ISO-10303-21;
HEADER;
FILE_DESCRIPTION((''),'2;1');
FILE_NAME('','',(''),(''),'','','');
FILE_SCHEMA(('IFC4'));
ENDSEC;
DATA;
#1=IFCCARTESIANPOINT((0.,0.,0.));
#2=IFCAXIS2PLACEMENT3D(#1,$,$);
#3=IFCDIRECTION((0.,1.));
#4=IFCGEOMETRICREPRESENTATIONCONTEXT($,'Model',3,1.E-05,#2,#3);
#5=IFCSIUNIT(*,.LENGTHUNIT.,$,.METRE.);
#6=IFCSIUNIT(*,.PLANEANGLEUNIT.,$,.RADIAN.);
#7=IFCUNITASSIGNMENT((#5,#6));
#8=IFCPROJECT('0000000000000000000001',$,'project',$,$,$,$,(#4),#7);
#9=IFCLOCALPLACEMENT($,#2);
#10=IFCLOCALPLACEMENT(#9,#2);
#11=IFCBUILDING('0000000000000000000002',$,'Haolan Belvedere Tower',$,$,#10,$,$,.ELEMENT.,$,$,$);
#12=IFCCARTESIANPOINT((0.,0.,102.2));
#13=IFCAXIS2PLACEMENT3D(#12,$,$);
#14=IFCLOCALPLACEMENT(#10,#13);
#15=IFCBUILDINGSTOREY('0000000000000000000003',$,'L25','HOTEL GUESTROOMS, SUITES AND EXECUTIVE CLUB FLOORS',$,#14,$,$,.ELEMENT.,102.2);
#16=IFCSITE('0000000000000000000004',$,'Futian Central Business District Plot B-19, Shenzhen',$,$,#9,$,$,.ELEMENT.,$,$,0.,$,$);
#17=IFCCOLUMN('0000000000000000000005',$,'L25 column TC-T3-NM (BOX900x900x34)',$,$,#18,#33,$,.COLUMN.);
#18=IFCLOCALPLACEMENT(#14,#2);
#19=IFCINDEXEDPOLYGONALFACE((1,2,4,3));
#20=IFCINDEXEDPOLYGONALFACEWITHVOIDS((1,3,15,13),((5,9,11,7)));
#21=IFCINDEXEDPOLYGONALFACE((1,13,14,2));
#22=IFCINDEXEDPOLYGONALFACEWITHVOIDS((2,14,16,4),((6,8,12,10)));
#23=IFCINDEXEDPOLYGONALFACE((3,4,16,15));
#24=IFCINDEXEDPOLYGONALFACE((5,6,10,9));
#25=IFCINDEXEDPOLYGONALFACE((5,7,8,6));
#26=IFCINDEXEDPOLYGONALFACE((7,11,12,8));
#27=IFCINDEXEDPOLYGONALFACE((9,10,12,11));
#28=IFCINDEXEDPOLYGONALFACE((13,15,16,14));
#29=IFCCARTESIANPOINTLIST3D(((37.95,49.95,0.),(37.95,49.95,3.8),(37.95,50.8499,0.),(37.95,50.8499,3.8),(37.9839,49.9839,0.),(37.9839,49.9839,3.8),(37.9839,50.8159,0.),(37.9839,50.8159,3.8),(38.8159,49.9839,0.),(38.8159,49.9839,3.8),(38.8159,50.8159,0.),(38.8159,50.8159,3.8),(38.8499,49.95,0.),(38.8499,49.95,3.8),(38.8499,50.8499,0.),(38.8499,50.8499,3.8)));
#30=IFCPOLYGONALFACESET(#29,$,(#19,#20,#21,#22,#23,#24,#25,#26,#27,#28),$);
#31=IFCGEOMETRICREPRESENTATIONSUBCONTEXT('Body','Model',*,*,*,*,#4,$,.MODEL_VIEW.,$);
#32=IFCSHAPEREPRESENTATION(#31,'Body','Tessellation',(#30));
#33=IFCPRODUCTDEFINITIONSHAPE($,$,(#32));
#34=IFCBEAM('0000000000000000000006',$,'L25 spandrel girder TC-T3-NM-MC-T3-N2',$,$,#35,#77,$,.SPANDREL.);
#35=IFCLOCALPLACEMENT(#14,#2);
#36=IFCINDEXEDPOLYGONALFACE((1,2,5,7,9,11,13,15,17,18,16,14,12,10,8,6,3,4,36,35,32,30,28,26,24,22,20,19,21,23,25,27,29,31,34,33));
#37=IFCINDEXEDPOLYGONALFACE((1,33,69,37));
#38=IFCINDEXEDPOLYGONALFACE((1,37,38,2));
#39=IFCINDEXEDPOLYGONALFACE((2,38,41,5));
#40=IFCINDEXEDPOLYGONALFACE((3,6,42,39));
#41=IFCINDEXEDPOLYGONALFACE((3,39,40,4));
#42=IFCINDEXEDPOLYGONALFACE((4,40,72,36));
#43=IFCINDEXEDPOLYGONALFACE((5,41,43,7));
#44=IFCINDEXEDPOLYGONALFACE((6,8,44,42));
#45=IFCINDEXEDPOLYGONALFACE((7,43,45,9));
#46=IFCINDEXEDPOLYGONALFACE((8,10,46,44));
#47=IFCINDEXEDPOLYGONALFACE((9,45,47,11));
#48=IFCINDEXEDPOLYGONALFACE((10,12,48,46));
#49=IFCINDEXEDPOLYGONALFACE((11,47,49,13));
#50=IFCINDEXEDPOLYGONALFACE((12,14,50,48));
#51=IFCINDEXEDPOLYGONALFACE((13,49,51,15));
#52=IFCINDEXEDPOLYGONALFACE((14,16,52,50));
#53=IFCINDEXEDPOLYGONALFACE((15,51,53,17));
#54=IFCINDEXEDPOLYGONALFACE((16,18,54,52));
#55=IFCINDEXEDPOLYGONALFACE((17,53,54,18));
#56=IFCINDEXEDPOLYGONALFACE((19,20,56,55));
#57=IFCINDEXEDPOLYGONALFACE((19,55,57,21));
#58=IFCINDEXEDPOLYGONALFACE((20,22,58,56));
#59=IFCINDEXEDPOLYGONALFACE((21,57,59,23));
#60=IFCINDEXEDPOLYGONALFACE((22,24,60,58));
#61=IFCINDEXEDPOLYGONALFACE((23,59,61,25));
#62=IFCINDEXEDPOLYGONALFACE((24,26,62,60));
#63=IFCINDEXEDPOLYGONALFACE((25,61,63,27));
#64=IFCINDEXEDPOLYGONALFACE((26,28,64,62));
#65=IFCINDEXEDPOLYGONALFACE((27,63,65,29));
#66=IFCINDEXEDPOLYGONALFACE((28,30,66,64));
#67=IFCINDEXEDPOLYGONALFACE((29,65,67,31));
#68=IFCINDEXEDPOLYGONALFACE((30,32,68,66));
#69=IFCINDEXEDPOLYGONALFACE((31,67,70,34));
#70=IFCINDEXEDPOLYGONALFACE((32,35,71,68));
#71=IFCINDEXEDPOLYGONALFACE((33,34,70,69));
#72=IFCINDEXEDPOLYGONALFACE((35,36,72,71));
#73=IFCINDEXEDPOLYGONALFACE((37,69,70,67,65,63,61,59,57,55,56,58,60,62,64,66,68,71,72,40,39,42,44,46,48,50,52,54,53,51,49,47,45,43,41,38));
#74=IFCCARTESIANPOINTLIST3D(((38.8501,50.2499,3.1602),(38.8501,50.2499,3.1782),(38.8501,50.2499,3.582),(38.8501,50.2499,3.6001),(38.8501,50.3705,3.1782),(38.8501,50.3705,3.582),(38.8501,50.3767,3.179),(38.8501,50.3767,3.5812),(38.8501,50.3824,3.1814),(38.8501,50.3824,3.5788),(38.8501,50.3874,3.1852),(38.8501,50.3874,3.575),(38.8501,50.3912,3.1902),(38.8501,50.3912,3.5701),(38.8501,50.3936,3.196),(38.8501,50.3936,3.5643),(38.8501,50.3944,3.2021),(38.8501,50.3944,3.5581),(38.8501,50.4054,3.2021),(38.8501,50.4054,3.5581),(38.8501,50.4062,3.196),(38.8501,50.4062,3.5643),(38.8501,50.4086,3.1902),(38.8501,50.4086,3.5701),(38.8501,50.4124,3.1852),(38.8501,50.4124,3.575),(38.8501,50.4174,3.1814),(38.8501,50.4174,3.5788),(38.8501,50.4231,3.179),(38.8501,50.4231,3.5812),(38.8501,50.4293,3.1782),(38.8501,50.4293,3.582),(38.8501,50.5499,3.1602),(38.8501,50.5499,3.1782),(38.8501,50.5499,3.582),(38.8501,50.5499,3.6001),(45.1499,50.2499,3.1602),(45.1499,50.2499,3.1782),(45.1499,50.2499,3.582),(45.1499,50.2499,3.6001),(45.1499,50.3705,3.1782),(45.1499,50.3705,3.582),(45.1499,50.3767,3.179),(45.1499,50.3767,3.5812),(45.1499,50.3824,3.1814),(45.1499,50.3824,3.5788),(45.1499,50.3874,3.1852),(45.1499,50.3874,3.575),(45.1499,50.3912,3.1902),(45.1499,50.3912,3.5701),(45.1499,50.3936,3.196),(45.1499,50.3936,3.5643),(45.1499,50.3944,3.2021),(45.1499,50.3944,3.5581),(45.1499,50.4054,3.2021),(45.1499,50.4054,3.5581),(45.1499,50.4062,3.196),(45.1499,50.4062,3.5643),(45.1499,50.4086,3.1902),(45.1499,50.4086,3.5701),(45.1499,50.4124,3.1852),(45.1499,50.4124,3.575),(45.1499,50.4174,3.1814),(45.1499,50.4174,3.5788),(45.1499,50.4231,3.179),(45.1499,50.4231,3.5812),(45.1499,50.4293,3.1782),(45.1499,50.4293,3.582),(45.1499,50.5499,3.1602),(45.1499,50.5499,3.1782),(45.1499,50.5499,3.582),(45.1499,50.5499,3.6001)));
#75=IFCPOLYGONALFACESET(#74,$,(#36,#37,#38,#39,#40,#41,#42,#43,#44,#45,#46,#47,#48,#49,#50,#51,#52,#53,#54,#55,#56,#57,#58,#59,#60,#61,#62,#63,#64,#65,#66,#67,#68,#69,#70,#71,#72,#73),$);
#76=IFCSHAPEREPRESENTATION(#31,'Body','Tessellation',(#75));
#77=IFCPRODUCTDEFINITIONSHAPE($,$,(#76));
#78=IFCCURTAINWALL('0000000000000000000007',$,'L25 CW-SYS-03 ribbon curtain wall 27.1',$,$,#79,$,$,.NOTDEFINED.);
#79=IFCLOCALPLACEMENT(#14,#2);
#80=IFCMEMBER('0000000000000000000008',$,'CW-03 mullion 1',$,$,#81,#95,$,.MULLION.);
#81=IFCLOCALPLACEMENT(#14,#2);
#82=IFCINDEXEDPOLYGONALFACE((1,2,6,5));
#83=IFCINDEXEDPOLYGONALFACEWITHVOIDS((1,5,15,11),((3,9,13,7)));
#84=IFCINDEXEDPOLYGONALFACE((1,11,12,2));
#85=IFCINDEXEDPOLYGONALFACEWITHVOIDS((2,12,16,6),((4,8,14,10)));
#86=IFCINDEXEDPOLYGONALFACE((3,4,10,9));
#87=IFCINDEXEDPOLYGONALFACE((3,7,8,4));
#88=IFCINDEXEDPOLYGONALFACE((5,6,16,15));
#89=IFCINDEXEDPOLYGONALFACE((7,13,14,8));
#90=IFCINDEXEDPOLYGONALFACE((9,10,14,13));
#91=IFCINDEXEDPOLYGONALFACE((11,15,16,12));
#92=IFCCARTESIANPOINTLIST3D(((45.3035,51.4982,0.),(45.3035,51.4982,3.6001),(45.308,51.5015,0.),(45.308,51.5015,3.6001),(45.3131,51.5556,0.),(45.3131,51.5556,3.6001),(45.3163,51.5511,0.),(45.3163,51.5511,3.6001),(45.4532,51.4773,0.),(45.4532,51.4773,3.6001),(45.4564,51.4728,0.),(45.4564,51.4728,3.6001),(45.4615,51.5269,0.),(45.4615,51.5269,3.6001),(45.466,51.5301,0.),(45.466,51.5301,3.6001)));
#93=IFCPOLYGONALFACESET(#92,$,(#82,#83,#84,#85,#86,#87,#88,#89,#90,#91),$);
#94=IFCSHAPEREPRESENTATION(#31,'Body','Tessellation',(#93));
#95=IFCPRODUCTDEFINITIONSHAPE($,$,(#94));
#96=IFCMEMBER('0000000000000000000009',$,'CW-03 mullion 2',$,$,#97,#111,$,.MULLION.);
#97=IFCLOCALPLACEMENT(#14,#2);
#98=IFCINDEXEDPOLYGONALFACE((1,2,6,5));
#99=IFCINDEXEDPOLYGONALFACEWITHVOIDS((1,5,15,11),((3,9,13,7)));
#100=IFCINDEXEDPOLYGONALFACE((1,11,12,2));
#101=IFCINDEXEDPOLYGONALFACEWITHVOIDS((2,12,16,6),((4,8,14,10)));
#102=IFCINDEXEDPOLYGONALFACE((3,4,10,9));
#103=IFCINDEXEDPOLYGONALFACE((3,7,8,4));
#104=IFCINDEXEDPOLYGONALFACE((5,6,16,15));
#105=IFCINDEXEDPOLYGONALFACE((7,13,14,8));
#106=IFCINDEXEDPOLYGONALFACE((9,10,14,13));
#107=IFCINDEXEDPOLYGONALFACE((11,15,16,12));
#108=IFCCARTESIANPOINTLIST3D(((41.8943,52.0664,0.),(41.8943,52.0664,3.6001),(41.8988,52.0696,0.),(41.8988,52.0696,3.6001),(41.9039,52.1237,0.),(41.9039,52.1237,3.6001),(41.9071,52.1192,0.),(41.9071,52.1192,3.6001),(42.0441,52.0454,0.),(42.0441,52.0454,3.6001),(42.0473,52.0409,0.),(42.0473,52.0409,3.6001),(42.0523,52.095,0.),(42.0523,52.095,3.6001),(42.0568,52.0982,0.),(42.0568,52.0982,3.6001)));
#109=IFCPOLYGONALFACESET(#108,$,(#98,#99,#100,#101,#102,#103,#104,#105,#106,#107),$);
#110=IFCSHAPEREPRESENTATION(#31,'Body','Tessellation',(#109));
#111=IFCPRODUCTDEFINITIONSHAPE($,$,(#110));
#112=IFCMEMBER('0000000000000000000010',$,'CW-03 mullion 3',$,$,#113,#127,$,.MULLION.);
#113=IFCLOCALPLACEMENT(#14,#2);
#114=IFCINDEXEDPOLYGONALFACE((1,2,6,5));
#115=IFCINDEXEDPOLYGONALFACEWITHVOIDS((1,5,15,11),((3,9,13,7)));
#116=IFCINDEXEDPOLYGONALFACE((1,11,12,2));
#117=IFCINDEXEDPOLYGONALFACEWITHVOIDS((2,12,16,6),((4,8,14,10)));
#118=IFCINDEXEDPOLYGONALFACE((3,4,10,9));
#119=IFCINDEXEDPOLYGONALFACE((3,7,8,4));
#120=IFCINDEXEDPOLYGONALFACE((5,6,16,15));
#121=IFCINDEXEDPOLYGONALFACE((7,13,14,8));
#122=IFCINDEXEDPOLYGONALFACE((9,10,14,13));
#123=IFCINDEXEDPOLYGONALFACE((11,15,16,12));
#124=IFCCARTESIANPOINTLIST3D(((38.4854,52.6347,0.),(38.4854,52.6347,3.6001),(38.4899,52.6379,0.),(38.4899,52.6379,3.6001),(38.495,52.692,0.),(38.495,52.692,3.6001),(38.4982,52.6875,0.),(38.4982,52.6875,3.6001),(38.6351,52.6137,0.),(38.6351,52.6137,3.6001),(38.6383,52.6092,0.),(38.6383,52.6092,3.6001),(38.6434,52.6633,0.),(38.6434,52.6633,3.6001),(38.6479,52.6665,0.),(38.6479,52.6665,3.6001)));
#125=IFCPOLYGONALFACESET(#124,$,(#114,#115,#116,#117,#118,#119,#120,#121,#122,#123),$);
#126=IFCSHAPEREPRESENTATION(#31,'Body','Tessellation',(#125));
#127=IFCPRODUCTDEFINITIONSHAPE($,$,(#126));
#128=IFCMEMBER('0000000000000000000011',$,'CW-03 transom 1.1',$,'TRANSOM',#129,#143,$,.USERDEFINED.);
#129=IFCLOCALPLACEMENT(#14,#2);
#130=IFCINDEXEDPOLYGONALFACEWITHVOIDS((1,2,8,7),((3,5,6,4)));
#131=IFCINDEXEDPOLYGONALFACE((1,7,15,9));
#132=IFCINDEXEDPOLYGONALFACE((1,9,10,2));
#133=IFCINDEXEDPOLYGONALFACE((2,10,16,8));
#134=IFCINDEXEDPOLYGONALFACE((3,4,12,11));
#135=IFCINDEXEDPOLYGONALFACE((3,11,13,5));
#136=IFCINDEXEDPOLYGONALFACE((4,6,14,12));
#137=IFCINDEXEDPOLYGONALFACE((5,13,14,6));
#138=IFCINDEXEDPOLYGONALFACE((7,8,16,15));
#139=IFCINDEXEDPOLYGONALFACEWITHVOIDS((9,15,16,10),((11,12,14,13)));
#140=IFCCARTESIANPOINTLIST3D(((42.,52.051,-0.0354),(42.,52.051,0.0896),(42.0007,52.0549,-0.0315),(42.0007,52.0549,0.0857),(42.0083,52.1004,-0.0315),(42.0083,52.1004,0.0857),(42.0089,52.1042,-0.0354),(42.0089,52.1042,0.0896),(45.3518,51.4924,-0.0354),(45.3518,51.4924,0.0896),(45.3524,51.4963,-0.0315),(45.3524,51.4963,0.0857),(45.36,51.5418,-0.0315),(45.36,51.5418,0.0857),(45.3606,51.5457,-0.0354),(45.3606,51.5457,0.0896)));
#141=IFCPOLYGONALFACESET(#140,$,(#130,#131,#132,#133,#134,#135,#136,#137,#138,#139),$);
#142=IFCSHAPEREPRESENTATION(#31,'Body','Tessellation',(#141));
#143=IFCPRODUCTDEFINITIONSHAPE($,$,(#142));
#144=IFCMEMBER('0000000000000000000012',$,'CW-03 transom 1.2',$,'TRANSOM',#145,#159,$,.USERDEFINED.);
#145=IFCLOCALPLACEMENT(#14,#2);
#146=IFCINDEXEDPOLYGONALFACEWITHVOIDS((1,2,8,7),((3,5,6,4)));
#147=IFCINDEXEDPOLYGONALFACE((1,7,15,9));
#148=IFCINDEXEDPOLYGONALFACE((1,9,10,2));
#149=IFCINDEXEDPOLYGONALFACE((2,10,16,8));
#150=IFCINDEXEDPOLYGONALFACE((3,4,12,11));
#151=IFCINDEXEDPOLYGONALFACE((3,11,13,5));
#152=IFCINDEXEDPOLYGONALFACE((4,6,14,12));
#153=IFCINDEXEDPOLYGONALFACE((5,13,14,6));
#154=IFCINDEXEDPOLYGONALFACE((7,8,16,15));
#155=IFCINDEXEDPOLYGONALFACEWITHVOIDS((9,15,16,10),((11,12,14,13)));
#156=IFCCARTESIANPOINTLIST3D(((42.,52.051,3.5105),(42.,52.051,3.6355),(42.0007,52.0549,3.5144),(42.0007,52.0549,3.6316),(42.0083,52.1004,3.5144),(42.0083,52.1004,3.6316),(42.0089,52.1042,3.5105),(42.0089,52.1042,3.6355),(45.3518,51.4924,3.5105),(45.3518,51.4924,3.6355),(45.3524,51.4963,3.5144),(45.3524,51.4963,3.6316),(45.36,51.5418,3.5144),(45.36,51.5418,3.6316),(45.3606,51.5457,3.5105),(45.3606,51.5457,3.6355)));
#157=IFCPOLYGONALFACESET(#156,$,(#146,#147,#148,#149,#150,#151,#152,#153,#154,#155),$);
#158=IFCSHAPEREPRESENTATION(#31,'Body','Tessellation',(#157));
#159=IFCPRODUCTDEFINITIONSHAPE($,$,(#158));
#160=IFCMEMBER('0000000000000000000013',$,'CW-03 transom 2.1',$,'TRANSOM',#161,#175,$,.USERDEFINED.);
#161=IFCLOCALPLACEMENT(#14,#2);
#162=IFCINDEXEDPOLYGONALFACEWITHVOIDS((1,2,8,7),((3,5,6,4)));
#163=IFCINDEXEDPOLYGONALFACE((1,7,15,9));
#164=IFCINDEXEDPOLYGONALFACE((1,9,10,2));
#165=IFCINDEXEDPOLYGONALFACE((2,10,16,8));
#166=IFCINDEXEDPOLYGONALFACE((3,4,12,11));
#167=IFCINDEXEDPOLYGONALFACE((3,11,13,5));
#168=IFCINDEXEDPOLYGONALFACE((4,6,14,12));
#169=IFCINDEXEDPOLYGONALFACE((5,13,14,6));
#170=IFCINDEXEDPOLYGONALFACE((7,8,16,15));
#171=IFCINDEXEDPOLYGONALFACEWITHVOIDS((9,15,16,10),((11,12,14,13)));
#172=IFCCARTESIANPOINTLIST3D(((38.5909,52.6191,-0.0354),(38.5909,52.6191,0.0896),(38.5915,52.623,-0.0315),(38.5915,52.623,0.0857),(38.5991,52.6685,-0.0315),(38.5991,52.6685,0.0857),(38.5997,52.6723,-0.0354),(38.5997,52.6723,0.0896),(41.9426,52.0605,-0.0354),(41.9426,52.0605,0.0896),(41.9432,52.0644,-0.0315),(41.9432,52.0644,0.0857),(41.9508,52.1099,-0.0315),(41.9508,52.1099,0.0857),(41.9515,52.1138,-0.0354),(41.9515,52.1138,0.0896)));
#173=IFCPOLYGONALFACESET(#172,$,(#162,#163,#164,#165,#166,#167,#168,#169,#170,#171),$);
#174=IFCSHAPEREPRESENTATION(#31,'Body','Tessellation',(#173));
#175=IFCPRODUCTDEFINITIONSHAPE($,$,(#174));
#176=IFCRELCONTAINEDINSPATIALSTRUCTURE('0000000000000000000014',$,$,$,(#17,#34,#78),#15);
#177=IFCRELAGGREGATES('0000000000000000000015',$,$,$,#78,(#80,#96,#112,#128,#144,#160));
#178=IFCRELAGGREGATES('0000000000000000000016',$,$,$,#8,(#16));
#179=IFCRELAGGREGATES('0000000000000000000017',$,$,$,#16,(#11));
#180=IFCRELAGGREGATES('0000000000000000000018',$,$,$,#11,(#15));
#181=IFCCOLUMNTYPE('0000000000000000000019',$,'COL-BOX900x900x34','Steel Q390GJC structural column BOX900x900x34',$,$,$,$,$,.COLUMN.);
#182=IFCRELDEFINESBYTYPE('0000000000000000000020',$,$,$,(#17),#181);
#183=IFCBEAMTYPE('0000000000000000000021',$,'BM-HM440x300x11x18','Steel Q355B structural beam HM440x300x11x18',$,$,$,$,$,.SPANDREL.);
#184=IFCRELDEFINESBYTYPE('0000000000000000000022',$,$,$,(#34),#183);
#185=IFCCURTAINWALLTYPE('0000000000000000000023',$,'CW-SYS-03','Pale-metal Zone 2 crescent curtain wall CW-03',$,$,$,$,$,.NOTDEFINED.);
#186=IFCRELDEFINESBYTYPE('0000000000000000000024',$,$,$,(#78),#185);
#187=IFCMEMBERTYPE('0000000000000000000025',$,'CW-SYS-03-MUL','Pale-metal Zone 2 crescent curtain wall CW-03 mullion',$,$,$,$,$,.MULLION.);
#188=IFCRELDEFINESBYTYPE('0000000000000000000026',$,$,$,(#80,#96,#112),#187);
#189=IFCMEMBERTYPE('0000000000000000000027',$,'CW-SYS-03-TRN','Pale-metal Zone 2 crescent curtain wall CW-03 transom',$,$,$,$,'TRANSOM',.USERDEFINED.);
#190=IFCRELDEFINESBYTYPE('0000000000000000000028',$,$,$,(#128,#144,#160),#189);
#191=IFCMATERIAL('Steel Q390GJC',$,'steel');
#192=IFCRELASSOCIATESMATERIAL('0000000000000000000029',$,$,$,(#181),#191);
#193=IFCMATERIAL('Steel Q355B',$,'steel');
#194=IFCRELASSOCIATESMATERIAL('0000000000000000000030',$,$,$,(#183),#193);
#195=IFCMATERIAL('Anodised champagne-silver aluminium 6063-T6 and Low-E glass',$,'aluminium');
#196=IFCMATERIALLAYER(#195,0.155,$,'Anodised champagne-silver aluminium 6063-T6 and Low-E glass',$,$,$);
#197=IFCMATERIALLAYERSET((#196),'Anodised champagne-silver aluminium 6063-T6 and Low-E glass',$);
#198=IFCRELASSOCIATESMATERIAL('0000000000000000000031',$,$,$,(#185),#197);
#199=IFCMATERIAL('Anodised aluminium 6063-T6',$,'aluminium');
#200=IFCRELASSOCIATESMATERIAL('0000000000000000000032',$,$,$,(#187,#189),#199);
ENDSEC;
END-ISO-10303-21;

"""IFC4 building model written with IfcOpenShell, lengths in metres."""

from ifc_helpers import new_model, si_unit, direction, frame, origin, origin_2d, place, context, subcontext, project, spatial, hollow_rectangle, i_section, extrude, material, layer, layer_set, material_profile, profile_set, type_object, element, aggregate, save


model = new_model("IFC4")

# Units and contexts
model_context = context("Model", 3, precision=1e-05, world=origin(), true_north=direction((0.0, 1.0)))
body_context = subcontext(model_context, "Body", "Model", "MODEL_VIEW")
ifc_project = project(units=[si_unit("LENGTHUNIT", "METRE"), si_unit("PLANEANGLEUNIT", "RADIAN")], contexts=[model_context])

# Site, building, storey
site_placement = place(None, origin())
site = spatial("IfcSite", under=ifc_project, at=site_placement, Name="Futian Central Business District Plot B-19, Shenzhen", CompositionType="ELEMENT", RefElevation=0.0)
building_placement = place(site_placement, origin())
building = spatial("IfcBuilding", under=site, at=building_placement, Name="Haolan Belvedere Tower", CompositionType="ELEMENT")
storey_placement = place(building_placement, frame((0.0, 0.0, 102.2)))
storey = spatial("IfcBuildingStorey", under=building, at=storey_placement, Name="L25", Description="HOTEL GUESTROOMS, SUITES AND EXECUTIVE CLUB FLOORS", CompositionType="ELEMENT", Elevation=102.2)

# Column
ifc_material_1 = material(Name="Steel Q390GJC", Category="steel")
ifc_material_profile_1 = material_profile(ifc_material_1, hollow_rectangle(XDim=0.8999, YDim=0.8999, WallThickness=0.0339, at=origin_2d()), Name="Steel Q390GJC")
ifc_profile_set_1 = profile_set([ifc_material_profile_1], Name="Steel Q390GJC")
column_type = type_object("IfcColumnType", Name="COL-BOX900x900x34", Description="Steel Q390GJC structural column BOX900x900x34", PredefinedType="COLUMN", material=ifc_profile_set_1)
column_placement = place(storey_placement, frame((38.3999, 50.3999, 0.0), z_axis=(0.0, 0.0, 1.0), x_axis=(1.0, 0.0, 0.0)))
element("IfcColumn", 1, at=column_placement, inside=storey, type_object=column_type, Name="L25 column TC-T3-NM (BOX900x900x34)", PredefinedType="COLUMN", context=body_context, shape_type="SweptSolid", body=[
    extrude(hollow_rectangle(XDim=0.8999, YDim=0.8999, WallThickness=0.0339, at=origin_2d()), origin(), (0.0, 0.0, 1.0), 3.8),
])

# Beam
ifc_material_2 = material(Name="Steel Q355B", Category="steel")
ifc_material_profile_2 = material_profile(ifc_material_2, i_section(OverallWidth=0.3, OverallDepth=0.4399, WebThickness=0.011, FlangeThickness=0.0181, FilletRadius=0.0239, at=origin_2d()), Name="Steel Q355B")
ifc_profile_set_2 = profile_set([ifc_material_profile_2], Name="Steel Q355B")
beam_type = type_object("IfcBeamType", Name="BM-HM440x300x11x18", Description="Steel Q355B structural beam HM440x300x11x18", PredefinedType="SPANDREL", material=ifc_profile_set_2)
beam_placement = place(storey_placement, frame((38.8501, 50.3999, 3.3801), z_axis=(1.0, 0.0, 0.0), x_axis=(0.0, 1.0, 0.0)))
element("IfcBeam", 2, at=beam_placement, inside=storey, type_object=beam_type, Name="L25 spandrel girder TC-T3-NM-MC-T3-N2", PredefinedType="SPANDREL", context=body_context, shape_type="SweptSolid", body=[
    extrude(i_section(OverallWidth=0.3, OverallDepth=0.4399, WebThickness=0.011, FlangeThickness=0.0181, FilletRadius=0.0239, at=origin_2d()), origin(), (0.0, 0.0, 1.0), 6.2998),
])

# Curtain wall, members
ifc_material_3 = material(Name="Anodised champagne-silver aluminium 6063-T6 and Low-E glass", Category="aluminium")
ifc_layer_1 = layer(ifc_material_3, 0.155, Name="Anodised champagne-silver aluminium 6063-T6 and Low-E glass")
ifc_layer_set_1 = layer_set([ifc_layer_1], Name="Anodised champagne-silver aluminium 6063-T6 and Low-E glass")
curtain_wall_type = type_object("IfcCurtainWallType", Name="CW-SYS-03", Description="Pale-metal Zone 2 crescent curtain wall CW-03", PredefinedType="NOTDEFINED", material=ifc_layer_set_1)
curtain_wall_placement = place(storey_placement, origin())
curtain_wall = element("IfcCurtainWall", 3, at=curtain_wall_placement, inside=storey, type_object=curtain_wall_type, Name="L25 CW-SYS-03 ribbon curtain wall 27.1", PredefinedType="NOTDEFINED")
ifc_material_4 = material(Name="Anodised aluminium 6063-T6", Category="aluminium")
ifc_material_profile_3 = material_profile(ifc_material_4, hollow_rectangle(XDim=0.0581, YDim=0.155, WallThickness=0.0039, at=origin_2d()), Name="Anodised aluminium 6063-T6")
ifc_profile_set_3 = profile_set([ifc_material_profile_3], Name="Anodised aluminium 6063-T6")
member_type_1 = type_object("IfcMemberType", Name="CW-SYS-03-MUL", Description="Pale-metal Zone 2 crescent curtain wall CW-03 mullion", PredefinedType="MULLION", material=ifc_profile_set_3)
member_1_placement = place(storey_placement, frame((45.3848, 51.5142, 0.0), z_axis=(0.0, 0.0, 1.0), x_axis=(-0.164404, -0.986393, 0.0)))
member_1 = element("IfcMember", 4, at=member_1_placement, type_object=member_type_1, Name="CW-03 mullion 1", PredefinedType="MULLION", context=body_context, shape_type="SweptSolid", body=[
    extrude(hollow_rectangle(XDim=0.0581, YDim=0.155, WallThickness=0.0039, at=origin_2d()), origin(), (0.0, 0.0, 1.0), 3.6001),
])
member_2_placement = place(storey_placement, frame((41.9756, 52.0823, 0.0), z_axis=(0.0, 0.0, 1.0), x_axis=(-0.164404, -0.986393, 0.0)))
member_2 = element("IfcMember", 5, at=member_2_placement, type_object=member_type_1, Name="CW-03 mullion 2", PredefinedType="MULLION", context=body_context, shape_type="SweptSolid", body=[
    extrude(hollow_rectangle(XDim=0.0581, YDim=0.155, WallThickness=0.0039, at=origin_2d()), origin(), (0.0, 0.0, 1.0), 3.6001),
])
member_3_placement = place(storey_placement, frame((38.5667, 52.6506, 0.0), z_axis=(0.0, 0.0, 1.0), x_axis=(-0.164404, -0.986393, 0.0)))
member_3 = element("IfcMember", 6, at=member_3_placement, type_object=member_type_1, Name="CW-03 mullion 3", PredefinedType="MULLION", context=body_context, shape_type="SweptSolid", body=[
    extrude(hollow_rectangle(XDim=0.0581, YDim=0.155, WallThickness=0.0039, at=origin_2d()), origin(), (0.0, 0.0, 1.0), 3.6001),
])
ifc_material_profile_4 = material_profile(ifc_material_4, hollow_rectangle(XDim=0.054, YDim=0.125, WallThickness=0.0039, at=origin_2d()), Name="Anodised aluminium 6063-T6")
ifc_profile_set_4 = profile_set([ifc_material_profile_4], Name="Anodised aluminium 6063-T6")
member_type_2 = type_object("IfcMemberType", Name="CW-SYS-03-TRN", Description="Pale-metal Zone 2 crescent curtain wall CW-03 transom", ElementType="TRANSOM", PredefinedType="USERDEFINED", material=ifc_profile_set_4)
member_4_placement = place(storey_placement, frame((45.3562, 51.519, 0.0271), z_axis=(-0.986396, 0.164387, 0.0), x_axis=(-0.164387, -0.986396, 0.0)))
member_4 = element("IfcMember", 7, at=member_4_placement, type_object=member_type_2, Name="CW-03 transom 1.1", ObjectType="TRANSOM", PredefinedType="USERDEFINED", context=body_context, shape_type="SweptSolid", body=[
    extrude(hollow_rectangle(XDim=0.054, YDim=0.125, WallThickness=0.0039, at=origin_2d()), origin(), (0.0, 0.0, 1.0), 3.3979),
])
member_5_placement = place(storey_placement, frame((45.3562, 51.519, 3.573), z_axis=(-0.986396, 0.164387, 0.0), x_axis=(-0.164387, -0.986396, 0.0)))
member_5 = element("IfcMember", 8, at=member_5_placement, type_object=member_type_2, Name="CW-03 transom 1.2", ObjectType="TRANSOM", PredefinedType="USERDEFINED", context=body_context, shape_type="SweptSolid", body=[
    extrude(hollow_rectangle(XDim=0.054, YDim=0.125, WallThickness=0.0039, at=origin_2d()), origin(), (0.0, 0.0, 1.0), 3.3979),
])
member_6_placement = place(storey_placement, frame((41.947, 52.0872, 0.0271), z_axis=(-0.986396, 0.164387, 0.0), x_axis=(-0.164387, -0.986396, 0.0)))
member_6 = element("IfcMember", 9, at=member_6_placement, type_object=member_type_2, Name="CW-03 transom 2.1", ObjectType="TRANSOM", PredefinedType="USERDEFINED", context=body_context, shape_type="SweptSolid", body=[
    extrude(hollow_rectangle(XDim=0.054, YDim=0.125, WallThickness=0.0039, at=origin_2d()), origin(), (0.0, 0.0, 1.0), 3.3979),
])
aggregate(curtain_wall, [member_1, member_2, member_3, member_4, member_5, member_6])

save(model, "model.ifc")
